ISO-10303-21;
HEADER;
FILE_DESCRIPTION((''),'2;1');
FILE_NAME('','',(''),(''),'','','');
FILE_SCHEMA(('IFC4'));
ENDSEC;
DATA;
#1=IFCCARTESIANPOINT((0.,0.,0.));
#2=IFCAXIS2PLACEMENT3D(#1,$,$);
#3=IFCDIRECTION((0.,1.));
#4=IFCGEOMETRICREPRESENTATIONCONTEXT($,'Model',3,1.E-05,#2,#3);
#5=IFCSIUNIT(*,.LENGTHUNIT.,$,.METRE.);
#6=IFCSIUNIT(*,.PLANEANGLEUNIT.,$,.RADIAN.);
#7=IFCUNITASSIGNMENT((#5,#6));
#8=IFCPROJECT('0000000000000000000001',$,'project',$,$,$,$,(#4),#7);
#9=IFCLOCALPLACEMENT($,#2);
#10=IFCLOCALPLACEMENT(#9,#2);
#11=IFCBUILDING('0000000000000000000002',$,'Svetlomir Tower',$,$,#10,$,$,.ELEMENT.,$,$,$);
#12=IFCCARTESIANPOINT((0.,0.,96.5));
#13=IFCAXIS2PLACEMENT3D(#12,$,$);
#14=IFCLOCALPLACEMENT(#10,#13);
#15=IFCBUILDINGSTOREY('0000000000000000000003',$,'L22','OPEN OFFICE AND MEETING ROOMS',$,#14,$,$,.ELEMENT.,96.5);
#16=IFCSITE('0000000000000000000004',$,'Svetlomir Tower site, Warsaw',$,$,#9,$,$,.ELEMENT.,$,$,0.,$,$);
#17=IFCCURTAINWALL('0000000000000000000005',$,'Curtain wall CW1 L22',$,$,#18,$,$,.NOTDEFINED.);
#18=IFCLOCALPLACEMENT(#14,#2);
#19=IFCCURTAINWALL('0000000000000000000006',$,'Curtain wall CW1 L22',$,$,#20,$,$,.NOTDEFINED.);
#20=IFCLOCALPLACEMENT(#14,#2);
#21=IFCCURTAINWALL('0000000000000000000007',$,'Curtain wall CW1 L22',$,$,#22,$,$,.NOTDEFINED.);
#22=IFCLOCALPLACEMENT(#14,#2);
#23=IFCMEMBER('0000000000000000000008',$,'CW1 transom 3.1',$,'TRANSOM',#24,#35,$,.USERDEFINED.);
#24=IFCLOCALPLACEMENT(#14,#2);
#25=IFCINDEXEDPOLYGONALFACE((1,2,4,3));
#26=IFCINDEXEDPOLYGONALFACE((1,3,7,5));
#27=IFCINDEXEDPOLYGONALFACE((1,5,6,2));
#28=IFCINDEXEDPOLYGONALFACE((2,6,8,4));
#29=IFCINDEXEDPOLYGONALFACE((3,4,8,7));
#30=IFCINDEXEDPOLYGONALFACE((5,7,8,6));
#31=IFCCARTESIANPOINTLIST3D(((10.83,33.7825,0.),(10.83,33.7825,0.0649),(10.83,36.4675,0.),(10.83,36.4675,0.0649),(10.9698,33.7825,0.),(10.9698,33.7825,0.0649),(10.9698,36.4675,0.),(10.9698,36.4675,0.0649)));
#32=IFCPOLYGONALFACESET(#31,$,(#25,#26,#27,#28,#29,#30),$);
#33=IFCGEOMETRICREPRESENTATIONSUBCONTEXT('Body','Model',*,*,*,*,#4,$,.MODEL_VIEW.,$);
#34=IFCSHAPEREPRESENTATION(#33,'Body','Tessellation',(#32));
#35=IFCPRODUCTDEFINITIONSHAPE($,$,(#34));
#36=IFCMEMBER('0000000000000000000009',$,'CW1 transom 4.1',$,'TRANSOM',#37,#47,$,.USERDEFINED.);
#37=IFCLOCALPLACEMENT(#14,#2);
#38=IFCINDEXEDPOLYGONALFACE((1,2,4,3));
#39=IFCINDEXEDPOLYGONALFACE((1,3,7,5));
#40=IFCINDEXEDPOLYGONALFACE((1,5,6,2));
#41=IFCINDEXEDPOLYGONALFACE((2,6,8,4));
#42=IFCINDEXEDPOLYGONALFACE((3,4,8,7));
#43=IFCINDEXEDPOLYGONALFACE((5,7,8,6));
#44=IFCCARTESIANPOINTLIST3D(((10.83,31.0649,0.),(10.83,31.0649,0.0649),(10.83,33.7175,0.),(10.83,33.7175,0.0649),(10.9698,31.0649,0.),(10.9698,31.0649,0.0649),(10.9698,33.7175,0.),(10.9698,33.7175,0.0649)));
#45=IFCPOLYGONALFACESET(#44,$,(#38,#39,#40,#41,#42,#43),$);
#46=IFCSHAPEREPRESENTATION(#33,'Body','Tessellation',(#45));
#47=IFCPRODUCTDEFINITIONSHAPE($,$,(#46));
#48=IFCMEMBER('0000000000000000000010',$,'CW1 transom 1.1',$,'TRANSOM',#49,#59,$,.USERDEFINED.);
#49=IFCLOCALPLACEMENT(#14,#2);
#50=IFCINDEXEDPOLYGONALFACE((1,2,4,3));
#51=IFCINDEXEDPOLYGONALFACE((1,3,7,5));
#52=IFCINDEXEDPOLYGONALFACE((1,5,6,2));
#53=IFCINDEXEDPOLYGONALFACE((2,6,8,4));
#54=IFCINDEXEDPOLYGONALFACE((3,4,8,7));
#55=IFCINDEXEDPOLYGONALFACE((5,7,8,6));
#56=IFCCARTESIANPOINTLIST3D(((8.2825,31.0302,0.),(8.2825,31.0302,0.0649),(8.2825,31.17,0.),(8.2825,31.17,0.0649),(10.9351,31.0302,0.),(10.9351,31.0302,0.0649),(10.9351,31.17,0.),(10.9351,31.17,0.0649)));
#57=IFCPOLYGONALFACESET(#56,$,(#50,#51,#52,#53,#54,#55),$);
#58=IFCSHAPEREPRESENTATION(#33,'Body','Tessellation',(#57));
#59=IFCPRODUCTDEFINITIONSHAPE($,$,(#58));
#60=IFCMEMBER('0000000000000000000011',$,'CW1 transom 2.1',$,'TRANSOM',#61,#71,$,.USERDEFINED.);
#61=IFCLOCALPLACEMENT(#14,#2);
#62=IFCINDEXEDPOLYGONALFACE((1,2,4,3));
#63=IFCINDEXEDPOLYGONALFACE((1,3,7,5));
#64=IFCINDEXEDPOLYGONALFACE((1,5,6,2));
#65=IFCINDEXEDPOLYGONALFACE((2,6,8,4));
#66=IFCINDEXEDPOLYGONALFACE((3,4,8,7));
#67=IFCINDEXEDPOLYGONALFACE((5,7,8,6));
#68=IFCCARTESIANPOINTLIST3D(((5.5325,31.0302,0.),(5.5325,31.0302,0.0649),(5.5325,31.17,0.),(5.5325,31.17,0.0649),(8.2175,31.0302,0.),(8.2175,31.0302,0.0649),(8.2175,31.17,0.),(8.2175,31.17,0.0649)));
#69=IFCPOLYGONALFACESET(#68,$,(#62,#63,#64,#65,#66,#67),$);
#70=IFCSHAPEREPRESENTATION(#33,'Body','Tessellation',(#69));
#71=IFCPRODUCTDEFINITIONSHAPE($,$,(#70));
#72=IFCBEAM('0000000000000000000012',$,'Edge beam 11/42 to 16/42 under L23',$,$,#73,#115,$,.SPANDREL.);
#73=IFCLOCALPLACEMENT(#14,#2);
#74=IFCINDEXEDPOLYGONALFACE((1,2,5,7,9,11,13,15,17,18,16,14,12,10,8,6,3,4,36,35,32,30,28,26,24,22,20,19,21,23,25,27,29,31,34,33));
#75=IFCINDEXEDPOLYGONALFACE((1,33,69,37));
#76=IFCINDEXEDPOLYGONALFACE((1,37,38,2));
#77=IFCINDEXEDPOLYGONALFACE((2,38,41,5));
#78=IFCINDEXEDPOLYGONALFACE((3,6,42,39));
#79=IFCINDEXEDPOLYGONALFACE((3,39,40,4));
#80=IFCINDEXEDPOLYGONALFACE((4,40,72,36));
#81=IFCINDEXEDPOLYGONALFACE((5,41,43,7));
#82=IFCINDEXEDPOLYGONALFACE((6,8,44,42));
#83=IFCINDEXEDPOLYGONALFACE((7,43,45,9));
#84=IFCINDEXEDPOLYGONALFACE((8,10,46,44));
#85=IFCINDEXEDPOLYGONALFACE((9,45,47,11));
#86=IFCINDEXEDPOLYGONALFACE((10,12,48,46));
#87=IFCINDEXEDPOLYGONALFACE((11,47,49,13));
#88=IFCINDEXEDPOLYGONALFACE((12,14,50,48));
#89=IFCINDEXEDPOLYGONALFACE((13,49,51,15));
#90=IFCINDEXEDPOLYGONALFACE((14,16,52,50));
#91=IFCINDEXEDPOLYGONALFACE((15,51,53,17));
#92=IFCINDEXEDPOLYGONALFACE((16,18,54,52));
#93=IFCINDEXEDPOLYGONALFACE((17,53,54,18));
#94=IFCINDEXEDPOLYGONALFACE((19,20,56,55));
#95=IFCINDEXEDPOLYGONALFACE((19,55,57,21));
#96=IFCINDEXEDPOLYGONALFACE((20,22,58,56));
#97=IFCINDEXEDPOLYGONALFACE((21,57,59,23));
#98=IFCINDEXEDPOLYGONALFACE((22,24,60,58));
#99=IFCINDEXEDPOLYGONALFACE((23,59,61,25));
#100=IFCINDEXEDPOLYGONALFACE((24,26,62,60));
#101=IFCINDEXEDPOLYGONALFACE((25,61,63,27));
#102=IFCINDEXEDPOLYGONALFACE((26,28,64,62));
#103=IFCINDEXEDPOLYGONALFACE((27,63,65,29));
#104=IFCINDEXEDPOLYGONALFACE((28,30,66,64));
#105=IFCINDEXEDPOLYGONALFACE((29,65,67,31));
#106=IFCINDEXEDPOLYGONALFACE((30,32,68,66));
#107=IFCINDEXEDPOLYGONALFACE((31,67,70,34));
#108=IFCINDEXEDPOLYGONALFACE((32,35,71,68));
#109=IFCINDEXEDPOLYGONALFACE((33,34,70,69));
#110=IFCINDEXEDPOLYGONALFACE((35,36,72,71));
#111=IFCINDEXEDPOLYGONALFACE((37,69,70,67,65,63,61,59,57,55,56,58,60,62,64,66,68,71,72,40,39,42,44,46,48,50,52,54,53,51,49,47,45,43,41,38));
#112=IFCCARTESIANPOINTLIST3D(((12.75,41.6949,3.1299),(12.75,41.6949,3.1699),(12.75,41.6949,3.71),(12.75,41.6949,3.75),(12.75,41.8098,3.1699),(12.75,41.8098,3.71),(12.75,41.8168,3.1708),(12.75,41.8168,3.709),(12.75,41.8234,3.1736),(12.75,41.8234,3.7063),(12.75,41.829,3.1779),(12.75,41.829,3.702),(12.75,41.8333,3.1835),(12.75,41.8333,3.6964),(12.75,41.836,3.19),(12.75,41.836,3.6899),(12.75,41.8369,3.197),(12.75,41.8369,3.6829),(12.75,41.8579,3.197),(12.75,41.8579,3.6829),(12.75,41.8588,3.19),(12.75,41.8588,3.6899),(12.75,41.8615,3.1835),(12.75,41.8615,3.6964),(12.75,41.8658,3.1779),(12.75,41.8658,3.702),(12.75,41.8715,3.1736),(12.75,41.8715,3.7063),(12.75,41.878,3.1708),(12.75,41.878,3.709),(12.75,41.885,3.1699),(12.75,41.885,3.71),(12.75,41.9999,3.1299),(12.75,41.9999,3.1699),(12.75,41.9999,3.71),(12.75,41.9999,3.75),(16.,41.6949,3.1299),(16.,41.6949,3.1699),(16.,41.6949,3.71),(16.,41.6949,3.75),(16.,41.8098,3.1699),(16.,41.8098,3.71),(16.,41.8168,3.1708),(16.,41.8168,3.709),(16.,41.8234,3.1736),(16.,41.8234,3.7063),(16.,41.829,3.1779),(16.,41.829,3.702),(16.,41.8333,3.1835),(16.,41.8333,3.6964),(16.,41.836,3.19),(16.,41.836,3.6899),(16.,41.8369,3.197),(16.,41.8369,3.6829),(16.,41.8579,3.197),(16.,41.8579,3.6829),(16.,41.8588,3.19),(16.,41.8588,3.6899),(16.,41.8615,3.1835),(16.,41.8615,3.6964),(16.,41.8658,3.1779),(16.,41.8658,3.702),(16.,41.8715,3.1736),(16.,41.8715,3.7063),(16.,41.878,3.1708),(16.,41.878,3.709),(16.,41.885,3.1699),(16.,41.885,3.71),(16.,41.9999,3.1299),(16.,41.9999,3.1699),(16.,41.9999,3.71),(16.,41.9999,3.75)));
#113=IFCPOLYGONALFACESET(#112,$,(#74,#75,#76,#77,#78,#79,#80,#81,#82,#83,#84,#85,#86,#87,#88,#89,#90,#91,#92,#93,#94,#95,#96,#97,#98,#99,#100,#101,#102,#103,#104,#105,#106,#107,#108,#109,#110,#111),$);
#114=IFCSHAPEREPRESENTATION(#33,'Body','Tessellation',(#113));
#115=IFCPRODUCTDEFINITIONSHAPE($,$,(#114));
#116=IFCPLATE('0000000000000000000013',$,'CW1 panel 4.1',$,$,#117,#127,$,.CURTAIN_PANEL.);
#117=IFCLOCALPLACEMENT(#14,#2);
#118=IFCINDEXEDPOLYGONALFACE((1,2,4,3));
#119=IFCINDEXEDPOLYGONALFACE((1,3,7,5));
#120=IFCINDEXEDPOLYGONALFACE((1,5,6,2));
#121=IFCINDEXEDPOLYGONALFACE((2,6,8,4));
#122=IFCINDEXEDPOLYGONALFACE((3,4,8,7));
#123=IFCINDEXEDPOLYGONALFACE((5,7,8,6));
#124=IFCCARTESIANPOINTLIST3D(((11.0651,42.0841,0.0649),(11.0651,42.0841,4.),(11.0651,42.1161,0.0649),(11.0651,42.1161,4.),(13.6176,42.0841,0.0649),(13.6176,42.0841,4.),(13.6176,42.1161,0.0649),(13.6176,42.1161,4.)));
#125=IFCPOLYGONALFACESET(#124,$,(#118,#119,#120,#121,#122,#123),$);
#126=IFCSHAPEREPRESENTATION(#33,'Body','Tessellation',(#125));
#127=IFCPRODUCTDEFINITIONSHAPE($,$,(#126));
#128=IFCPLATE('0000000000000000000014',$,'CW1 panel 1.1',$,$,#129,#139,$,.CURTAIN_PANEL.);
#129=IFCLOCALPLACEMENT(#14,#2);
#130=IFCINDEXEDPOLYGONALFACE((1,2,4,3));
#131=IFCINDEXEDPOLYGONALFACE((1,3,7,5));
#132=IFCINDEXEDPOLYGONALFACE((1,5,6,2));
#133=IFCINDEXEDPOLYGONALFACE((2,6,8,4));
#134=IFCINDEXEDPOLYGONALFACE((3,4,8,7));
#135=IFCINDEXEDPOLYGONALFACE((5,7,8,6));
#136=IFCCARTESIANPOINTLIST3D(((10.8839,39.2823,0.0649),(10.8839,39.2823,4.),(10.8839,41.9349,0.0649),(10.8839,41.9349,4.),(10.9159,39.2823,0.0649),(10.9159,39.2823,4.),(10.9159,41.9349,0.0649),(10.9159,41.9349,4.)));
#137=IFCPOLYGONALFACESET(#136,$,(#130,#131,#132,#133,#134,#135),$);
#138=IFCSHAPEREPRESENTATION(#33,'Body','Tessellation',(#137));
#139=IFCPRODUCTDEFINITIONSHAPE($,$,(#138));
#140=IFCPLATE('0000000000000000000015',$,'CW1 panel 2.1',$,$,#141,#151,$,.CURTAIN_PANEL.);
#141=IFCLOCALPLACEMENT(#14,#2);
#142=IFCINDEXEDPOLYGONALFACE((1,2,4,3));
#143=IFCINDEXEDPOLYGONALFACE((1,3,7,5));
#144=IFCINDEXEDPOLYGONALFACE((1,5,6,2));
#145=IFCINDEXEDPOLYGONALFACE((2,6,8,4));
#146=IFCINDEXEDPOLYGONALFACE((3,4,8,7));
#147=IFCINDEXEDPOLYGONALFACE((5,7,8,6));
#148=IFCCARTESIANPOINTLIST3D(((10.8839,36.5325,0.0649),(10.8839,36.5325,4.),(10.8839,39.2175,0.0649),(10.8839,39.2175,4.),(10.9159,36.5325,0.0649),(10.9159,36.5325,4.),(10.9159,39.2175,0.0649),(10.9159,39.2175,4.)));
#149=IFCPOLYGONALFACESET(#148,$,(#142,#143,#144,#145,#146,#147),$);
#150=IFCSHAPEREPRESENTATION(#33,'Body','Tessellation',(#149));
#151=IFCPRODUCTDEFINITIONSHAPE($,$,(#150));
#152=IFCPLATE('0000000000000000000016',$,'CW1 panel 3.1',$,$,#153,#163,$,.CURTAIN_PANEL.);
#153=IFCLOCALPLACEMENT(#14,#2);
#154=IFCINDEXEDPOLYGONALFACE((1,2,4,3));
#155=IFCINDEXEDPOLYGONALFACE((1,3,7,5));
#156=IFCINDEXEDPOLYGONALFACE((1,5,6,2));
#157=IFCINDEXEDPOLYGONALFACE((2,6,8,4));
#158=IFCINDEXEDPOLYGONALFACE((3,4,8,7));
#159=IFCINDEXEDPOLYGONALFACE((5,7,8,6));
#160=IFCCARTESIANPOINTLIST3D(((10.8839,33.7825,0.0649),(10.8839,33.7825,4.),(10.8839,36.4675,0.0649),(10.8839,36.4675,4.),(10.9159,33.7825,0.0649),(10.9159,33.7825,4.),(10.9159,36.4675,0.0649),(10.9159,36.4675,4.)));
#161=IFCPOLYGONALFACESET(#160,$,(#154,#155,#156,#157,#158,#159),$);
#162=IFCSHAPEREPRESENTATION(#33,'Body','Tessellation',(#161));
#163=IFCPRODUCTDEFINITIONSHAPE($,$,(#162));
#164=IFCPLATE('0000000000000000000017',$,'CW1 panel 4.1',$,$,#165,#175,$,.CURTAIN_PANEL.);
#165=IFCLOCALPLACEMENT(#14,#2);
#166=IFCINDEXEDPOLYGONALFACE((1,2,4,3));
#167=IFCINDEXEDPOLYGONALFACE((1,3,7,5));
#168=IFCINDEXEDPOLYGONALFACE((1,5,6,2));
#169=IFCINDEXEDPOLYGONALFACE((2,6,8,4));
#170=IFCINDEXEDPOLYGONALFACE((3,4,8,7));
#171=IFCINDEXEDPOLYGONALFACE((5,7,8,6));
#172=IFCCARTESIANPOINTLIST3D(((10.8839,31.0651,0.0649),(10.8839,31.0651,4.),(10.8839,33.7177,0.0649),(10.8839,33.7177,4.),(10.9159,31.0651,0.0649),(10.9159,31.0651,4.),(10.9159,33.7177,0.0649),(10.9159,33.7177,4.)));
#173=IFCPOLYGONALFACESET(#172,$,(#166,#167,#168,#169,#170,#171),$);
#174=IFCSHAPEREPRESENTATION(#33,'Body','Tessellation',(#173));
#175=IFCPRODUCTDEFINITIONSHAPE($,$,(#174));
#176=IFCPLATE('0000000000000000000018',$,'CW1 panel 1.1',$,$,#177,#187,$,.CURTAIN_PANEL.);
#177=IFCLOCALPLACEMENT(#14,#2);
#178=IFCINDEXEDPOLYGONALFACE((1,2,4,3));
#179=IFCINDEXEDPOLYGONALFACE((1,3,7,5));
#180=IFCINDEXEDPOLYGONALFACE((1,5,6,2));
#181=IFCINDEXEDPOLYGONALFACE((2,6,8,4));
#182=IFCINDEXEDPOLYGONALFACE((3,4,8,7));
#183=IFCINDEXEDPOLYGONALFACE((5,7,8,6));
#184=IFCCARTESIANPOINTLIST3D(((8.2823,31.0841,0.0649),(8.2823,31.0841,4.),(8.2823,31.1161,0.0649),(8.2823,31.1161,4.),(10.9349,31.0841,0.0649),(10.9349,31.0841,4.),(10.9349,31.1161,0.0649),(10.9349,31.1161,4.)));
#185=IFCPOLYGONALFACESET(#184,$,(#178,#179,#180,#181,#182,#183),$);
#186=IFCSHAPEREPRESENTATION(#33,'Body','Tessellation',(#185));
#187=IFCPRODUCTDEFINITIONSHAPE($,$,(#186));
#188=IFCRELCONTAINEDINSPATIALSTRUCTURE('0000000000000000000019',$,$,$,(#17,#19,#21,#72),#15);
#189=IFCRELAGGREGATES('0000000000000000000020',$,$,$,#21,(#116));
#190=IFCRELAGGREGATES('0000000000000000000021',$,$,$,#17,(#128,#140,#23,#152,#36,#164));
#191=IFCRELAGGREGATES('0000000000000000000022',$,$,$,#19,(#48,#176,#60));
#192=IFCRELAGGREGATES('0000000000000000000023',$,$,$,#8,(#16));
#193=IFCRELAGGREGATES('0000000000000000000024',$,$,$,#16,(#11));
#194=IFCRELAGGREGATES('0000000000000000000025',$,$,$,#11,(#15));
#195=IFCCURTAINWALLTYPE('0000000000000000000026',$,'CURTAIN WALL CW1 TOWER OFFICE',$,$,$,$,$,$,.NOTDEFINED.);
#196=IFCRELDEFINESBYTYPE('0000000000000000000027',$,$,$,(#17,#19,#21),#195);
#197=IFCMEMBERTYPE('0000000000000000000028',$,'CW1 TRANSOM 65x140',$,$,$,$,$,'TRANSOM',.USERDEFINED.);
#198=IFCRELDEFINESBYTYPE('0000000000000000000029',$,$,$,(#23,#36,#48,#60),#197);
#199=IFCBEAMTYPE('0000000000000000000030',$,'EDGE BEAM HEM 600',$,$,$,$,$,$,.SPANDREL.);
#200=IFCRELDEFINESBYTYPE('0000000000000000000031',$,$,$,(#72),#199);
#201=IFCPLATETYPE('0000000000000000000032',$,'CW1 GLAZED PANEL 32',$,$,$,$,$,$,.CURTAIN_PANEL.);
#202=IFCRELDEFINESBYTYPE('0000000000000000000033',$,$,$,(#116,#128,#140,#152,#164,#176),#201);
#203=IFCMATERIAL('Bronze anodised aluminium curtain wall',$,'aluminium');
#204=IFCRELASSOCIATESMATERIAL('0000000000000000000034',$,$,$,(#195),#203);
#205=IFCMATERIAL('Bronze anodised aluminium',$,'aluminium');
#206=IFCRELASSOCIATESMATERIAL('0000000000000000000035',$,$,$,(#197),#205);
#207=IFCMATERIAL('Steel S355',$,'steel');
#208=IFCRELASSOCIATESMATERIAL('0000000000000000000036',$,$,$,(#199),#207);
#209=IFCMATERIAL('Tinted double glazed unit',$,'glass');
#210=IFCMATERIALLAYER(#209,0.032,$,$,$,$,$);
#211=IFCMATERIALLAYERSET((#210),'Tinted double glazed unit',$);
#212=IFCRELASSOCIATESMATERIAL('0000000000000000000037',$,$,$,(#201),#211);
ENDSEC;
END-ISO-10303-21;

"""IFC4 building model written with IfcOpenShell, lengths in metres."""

from ifc_helpers import new_model, si_unit, direction, frame, origin, origin_2d, place, context, subcontext, project, spatial, rectangle, i_section, extrude, material, layer, layer_set, material_profile, profile_set, type_object, element, aggregate, save


model = new_model("IFC4")

# Units and contexts
model_context = context("Model", 3, precision=1e-05, world=origin(), true_north=direction((0.0, 1.0)))
body_context = subcontext(model_context, "Body", "Model", "MODEL_VIEW")
ifc_project = project(units=[si_unit("LENGTHUNIT", "METRE"), si_unit("PLANEANGLEUNIT", "RADIAN")], contexts=[model_context])

# Site, building, storey
site_placement = place(None, origin())
site = spatial("IfcSite", under=ifc_project, at=site_placement, Name="Svetlomir Tower site, Warsaw", CompositionType="ELEMENT", RefElevation=0.0)
building_placement = place(site_placement, origin())
building = spatial("IfcBuilding", under=site, at=building_placement, Name="Svetlomir Tower", CompositionType="ELEMENT")
storey_placement = place(building_placement, frame((0.0, 0.0, 96.5)))
storey = spatial("IfcBuildingStorey", under=building, at=storey_placement, Name="L22", Description="OPEN OFFICE AND MEETING ROOMS", CompositionType="ELEMENT", Elevation=96.5)

# Curtain walls
ifc_material_1 = material(Name="Bronze anodised aluminium curtain wall", Category="aluminium")
curtain_wall_type = type_object("IfcCurtainWallType", Name="CURTAIN WALL CW1 TOWER OFFICE", PredefinedType="NOTDEFINED", material=ifc_material_1)
curtain_wall_1_placement = place(storey_placement, origin())
curtain_wall_1 = element("IfcCurtainWall", 1, at=curtain_wall_1_placement, inside=storey, type_object=curtain_wall_type, Name="Curtain wall CW1 L22", PredefinedType="NOTDEFINED")
curtain_wall_2_placement = place(storey_placement, origin())
curtain_wall_2 = element("IfcCurtainWall", 2, at=curtain_wall_2_placement, inside=storey, type_object=curtain_wall_type, Name="Curtain wall CW1 L22", PredefinedType="NOTDEFINED")

# Curtain wall
curtain_wall_3_placement = place(storey_placement, origin())
curtain_wall_3 = element("IfcCurtainWall", 3, at=curtain_wall_3_placement, inside=storey, type_object=curtain_wall_type, Name="Curtain wall CW1 L22", PredefinedType="NOTDEFINED")

# Members
ifc_material_2 = material(Name="Bronze anodised aluminium", Category="aluminium")
ifc_material_profile_1 = material_profile(ifc_material_2, rectangle(XDim=0.1399, YDim=0.0649, at=origin_2d()), Name="AL 140x65")
ifc_profile_set_1 = profile_set([ifc_material_profile_1], Name="Bronze anodised aluminium 6063-T6")
member_type_1 = type_object("IfcMemberType", Name="CW1 TRANSOM 65x140", ElementType="TRANSOM", PredefinedType="USERDEFINED", material=ifc_profile_set_1)
member_1_placement = place(storey_placement, frame((10.8999, 36.4675, 0.0325), z_axis=(0.0, -1.0, 0.0), x_axis=(1.0, 0.0, 0.0)))
member_1 = element("IfcMember", 4, at=member_1_placement, type_object=member_type_1, Name="CW1 transom 3.1", ObjectType="TRANSOM", PredefinedType="USERDEFINED", context=body_context, shape_type="SweptSolid", body=[
    extrude(rectangle(XDim=0.1399, YDim=0.0649, at=origin_2d()), origin(), (0.0, 0.0, 1.0), 2.6851),
])
member_2_placement = place(storey_placement, frame((10.8999, 33.7175, 0.0325), z_axis=(0.0, -1.0, 0.0), x_axis=(1.0, 0.0, 0.0)))
member_2 = element("IfcMember", 5, at=member_2_placement, type_object=member_type_1, Name="CW1 transom 4.1", ObjectType="TRANSOM", PredefinedType="USERDEFINED", context=body_context, shape_type="SweptSolid", body=[
    extrude(rectangle(XDim=0.1399, YDim=0.0649, at=origin_2d()), origin(), (0.0, 0.0, 1.0), 2.6526),
])
member_3_placement = place(storey_placement, frame((10.9351, 31.1001, 0.0325), z_axis=(-1.0, 0.0, 0.0), x_axis=(0.0, -1.0, 0.0)))
member_3 = element("IfcMember", 6, at=member_3_placement, type_object=member_type_1, Name="CW1 transom 1.1", ObjectType="TRANSOM", PredefinedType="USERDEFINED", context=body_context, shape_type="SweptSolid", body=[
    extrude(rectangle(XDim=0.1399, YDim=0.0649, at=origin_2d()), origin(), (0.0, 0.0, 1.0), 2.6526),
])
member_4_placement = place(storey_placement, frame((8.2175, 31.1001, 0.0325), z_axis=(-1.0, 0.0, 0.0), x_axis=(0.0, -1.0, 0.0)))
member_4 = element("IfcMember", 7, at=member_4_placement, type_object=member_type_1, Name="CW1 transom 2.1", ObjectType="TRANSOM", PredefinedType="USERDEFINED", context=body_context, shape_type="SweptSolid", body=[
    extrude(rectangle(XDim=0.1399, YDim=0.0649, at=origin_2d()), origin(), (0.0, 0.0, 1.0), 2.6851),
])

# Beam
ifc_material_3 = material(Name="Steel S355", Category="steel")
ifc_material_profile_2 = material_profile(ifc_material_3, i_section(OverallWidth=0.3049, OverallDepth=0.6201, WebThickness=0.021, FlangeThickness=0.04, FilletRadius=0.0271, at=origin_2d()), Name="HEM 600")
ifc_profile_set_2 = profile_set([ifc_material_profile_2], Name="Steel S355")
beam_type = type_object("IfcBeamType", Name="EDGE BEAM HEM 600", PredefinedType="SPANDREL", material=ifc_profile_set_2)
beam_placement = place(storey_placement, frame((12.75, 41.8474, 3.4399), z_axis=(1.0, 0.0, 0.0), x_axis=(0.0, 1.0, 0.0)))
element("IfcBeam", 8, at=beam_placement, inside=storey, type_object=beam_type, Name="Edge beam 11/42 to 16/42 under L23", PredefinedType="SPANDREL", context=body_context, shape_type="SweptSolid", body=[
    extrude(i_section(OverallWidth=0.3049, OverallDepth=0.6201, WebThickness=0.021, FlangeThickness=0.04, FilletRadius=0.0271, at=origin_2d()), origin(), (0.0, 0.0, 1.0), 3.25),
])

# Plates
ifc_material_4 = material(Name="Tinted double glazed unit", Category="glass")
ifc_layer_1 = layer(ifc_material_4, 0.032)
ifc_layer_set_1 = layer_set([ifc_layer_1], Name="Tinted double glazed unit")
plate_type = type_object("IfcPlateType", Name="CW1 GLAZED PANEL 32", PredefinedType="CURTAIN_PANEL", material=ifc_layer_set_1)
plate_1_placement = place(storey_placement, frame((12.3413, 42.1001, 0.0649), z_axis=(0.0, 0.0, 1.0), x_axis=(-1.0, 0.0, 0.0)))
plate_1 = element("IfcPlate", 9, at=plate_1_placement, type_object=plate_type, Name="CW1 panel 4.1", PredefinedType="CURTAIN_PANEL", context=body_context, shape_type="SweptSolid", body=[
    extrude(rectangle(XDim=2.5525, YDim=0.032, at=origin_2d()), origin(), (0.0, 0.0, 1.0), 3.9351),
])
aggregate(curtain_wall_3, [plate_1])
plate_2_placement = place(storey_placement, frame((10.8999, 40.6086, 0.0649), z_axis=(0.0, 0.0, 1.0), x_axis=(0.0, -1.0, 0.0)))
plate_2 = element("IfcPlate", 10, at=plate_2_placement, type_object=plate_type, Name="CW1 panel 1.1", PredefinedType="CURTAIN_PANEL", context=body_context, shape_type="SweptSolid", body=[
    extrude(rectangle(XDim=2.6526, YDim=0.032, at=origin_2d()), origin(), (0.0, 0.0, 1.0), 3.9351),
])
plate_3_placement = place(storey_placement, frame((10.8999, 37.875, 0.0649), z_axis=(0.0, 0.0, 1.0), x_axis=(0.0, -1.0, 0.0)))
plate_3 = element("IfcPlate", 11, at=plate_3_placement, type_object=plate_type, Name="CW1 panel 2.1", PredefinedType="CURTAIN_PANEL", context=body_context, shape_type="SweptSolid", body=[
    extrude(rectangle(XDim=2.6851, YDim=0.032, at=origin_2d()), origin(), (0.0, 0.0, 1.0), 3.9351),
])
plate_4_placement = place(storey_placement, frame((10.8999, 35.125, 0.0649), z_axis=(0.0, 0.0, 1.0), x_axis=(0.0, -1.0, 0.0)))
plate_4 = element("IfcPlate", 12, at=plate_4_placement, type_object=plate_type, Name="CW1 panel 3.1", PredefinedType="CURTAIN_PANEL", context=body_context, shape_type="SweptSolid", body=[
    extrude(rectangle(XDim=2.6851, YDim=0.032, at=origin_2d()), origin(), (0.0, 0.0, 1.0), 3.9351),
])
plate_5_placement = place(storey_placement, frame((10.8999, 32.3914, 0.0649), z_axis=(0.0, 0.0, 1.0), x_axis=(0.0, -1.0, 0.0)))
plate_5 = element("IfcPlate", 13, at=plate_5_placement, type_object=plate_type, Name="CW1 panel 4.1", PredefinedType="CURTAIN_PANEL", context=body_context, shape_type="SweptSolid", body=[
    extrude(rectangle(XDim=2.6526, YDim=0.032, at=origin_2d()), origin(), (0.0, 0.0, 1.0), 3.9351),
])
aggregate(curtain_wall_1, [plate_2, plate_3, member_1, plate_4, member_2, plate_5])
plate_6_placement = place(storey_placement, frame((9.6086, 31.1001, 0.0649), z_axis=(0.0, 0.0, 1.0), x_axis=(-1.0, 0.0, 0.0)))
plate_6 = element("IfcPlate", 14, at=plate_6_placement, type_object=plate_type, Name="CW1 panel 1.1", PredefinedType="CURTAIN_PANEL", context=body_context, shape_type="SweptSolid", body=[
    extrude(rectangle(XDim=2.6526, YDim=0.032, at=origin_2d()), origin(), (0.0, 0.0, 1.0), 3.9351),
])
aggregate(curtain_wall_2, [member_3, plate_6, member_4])

save(model, "model.ifc")
